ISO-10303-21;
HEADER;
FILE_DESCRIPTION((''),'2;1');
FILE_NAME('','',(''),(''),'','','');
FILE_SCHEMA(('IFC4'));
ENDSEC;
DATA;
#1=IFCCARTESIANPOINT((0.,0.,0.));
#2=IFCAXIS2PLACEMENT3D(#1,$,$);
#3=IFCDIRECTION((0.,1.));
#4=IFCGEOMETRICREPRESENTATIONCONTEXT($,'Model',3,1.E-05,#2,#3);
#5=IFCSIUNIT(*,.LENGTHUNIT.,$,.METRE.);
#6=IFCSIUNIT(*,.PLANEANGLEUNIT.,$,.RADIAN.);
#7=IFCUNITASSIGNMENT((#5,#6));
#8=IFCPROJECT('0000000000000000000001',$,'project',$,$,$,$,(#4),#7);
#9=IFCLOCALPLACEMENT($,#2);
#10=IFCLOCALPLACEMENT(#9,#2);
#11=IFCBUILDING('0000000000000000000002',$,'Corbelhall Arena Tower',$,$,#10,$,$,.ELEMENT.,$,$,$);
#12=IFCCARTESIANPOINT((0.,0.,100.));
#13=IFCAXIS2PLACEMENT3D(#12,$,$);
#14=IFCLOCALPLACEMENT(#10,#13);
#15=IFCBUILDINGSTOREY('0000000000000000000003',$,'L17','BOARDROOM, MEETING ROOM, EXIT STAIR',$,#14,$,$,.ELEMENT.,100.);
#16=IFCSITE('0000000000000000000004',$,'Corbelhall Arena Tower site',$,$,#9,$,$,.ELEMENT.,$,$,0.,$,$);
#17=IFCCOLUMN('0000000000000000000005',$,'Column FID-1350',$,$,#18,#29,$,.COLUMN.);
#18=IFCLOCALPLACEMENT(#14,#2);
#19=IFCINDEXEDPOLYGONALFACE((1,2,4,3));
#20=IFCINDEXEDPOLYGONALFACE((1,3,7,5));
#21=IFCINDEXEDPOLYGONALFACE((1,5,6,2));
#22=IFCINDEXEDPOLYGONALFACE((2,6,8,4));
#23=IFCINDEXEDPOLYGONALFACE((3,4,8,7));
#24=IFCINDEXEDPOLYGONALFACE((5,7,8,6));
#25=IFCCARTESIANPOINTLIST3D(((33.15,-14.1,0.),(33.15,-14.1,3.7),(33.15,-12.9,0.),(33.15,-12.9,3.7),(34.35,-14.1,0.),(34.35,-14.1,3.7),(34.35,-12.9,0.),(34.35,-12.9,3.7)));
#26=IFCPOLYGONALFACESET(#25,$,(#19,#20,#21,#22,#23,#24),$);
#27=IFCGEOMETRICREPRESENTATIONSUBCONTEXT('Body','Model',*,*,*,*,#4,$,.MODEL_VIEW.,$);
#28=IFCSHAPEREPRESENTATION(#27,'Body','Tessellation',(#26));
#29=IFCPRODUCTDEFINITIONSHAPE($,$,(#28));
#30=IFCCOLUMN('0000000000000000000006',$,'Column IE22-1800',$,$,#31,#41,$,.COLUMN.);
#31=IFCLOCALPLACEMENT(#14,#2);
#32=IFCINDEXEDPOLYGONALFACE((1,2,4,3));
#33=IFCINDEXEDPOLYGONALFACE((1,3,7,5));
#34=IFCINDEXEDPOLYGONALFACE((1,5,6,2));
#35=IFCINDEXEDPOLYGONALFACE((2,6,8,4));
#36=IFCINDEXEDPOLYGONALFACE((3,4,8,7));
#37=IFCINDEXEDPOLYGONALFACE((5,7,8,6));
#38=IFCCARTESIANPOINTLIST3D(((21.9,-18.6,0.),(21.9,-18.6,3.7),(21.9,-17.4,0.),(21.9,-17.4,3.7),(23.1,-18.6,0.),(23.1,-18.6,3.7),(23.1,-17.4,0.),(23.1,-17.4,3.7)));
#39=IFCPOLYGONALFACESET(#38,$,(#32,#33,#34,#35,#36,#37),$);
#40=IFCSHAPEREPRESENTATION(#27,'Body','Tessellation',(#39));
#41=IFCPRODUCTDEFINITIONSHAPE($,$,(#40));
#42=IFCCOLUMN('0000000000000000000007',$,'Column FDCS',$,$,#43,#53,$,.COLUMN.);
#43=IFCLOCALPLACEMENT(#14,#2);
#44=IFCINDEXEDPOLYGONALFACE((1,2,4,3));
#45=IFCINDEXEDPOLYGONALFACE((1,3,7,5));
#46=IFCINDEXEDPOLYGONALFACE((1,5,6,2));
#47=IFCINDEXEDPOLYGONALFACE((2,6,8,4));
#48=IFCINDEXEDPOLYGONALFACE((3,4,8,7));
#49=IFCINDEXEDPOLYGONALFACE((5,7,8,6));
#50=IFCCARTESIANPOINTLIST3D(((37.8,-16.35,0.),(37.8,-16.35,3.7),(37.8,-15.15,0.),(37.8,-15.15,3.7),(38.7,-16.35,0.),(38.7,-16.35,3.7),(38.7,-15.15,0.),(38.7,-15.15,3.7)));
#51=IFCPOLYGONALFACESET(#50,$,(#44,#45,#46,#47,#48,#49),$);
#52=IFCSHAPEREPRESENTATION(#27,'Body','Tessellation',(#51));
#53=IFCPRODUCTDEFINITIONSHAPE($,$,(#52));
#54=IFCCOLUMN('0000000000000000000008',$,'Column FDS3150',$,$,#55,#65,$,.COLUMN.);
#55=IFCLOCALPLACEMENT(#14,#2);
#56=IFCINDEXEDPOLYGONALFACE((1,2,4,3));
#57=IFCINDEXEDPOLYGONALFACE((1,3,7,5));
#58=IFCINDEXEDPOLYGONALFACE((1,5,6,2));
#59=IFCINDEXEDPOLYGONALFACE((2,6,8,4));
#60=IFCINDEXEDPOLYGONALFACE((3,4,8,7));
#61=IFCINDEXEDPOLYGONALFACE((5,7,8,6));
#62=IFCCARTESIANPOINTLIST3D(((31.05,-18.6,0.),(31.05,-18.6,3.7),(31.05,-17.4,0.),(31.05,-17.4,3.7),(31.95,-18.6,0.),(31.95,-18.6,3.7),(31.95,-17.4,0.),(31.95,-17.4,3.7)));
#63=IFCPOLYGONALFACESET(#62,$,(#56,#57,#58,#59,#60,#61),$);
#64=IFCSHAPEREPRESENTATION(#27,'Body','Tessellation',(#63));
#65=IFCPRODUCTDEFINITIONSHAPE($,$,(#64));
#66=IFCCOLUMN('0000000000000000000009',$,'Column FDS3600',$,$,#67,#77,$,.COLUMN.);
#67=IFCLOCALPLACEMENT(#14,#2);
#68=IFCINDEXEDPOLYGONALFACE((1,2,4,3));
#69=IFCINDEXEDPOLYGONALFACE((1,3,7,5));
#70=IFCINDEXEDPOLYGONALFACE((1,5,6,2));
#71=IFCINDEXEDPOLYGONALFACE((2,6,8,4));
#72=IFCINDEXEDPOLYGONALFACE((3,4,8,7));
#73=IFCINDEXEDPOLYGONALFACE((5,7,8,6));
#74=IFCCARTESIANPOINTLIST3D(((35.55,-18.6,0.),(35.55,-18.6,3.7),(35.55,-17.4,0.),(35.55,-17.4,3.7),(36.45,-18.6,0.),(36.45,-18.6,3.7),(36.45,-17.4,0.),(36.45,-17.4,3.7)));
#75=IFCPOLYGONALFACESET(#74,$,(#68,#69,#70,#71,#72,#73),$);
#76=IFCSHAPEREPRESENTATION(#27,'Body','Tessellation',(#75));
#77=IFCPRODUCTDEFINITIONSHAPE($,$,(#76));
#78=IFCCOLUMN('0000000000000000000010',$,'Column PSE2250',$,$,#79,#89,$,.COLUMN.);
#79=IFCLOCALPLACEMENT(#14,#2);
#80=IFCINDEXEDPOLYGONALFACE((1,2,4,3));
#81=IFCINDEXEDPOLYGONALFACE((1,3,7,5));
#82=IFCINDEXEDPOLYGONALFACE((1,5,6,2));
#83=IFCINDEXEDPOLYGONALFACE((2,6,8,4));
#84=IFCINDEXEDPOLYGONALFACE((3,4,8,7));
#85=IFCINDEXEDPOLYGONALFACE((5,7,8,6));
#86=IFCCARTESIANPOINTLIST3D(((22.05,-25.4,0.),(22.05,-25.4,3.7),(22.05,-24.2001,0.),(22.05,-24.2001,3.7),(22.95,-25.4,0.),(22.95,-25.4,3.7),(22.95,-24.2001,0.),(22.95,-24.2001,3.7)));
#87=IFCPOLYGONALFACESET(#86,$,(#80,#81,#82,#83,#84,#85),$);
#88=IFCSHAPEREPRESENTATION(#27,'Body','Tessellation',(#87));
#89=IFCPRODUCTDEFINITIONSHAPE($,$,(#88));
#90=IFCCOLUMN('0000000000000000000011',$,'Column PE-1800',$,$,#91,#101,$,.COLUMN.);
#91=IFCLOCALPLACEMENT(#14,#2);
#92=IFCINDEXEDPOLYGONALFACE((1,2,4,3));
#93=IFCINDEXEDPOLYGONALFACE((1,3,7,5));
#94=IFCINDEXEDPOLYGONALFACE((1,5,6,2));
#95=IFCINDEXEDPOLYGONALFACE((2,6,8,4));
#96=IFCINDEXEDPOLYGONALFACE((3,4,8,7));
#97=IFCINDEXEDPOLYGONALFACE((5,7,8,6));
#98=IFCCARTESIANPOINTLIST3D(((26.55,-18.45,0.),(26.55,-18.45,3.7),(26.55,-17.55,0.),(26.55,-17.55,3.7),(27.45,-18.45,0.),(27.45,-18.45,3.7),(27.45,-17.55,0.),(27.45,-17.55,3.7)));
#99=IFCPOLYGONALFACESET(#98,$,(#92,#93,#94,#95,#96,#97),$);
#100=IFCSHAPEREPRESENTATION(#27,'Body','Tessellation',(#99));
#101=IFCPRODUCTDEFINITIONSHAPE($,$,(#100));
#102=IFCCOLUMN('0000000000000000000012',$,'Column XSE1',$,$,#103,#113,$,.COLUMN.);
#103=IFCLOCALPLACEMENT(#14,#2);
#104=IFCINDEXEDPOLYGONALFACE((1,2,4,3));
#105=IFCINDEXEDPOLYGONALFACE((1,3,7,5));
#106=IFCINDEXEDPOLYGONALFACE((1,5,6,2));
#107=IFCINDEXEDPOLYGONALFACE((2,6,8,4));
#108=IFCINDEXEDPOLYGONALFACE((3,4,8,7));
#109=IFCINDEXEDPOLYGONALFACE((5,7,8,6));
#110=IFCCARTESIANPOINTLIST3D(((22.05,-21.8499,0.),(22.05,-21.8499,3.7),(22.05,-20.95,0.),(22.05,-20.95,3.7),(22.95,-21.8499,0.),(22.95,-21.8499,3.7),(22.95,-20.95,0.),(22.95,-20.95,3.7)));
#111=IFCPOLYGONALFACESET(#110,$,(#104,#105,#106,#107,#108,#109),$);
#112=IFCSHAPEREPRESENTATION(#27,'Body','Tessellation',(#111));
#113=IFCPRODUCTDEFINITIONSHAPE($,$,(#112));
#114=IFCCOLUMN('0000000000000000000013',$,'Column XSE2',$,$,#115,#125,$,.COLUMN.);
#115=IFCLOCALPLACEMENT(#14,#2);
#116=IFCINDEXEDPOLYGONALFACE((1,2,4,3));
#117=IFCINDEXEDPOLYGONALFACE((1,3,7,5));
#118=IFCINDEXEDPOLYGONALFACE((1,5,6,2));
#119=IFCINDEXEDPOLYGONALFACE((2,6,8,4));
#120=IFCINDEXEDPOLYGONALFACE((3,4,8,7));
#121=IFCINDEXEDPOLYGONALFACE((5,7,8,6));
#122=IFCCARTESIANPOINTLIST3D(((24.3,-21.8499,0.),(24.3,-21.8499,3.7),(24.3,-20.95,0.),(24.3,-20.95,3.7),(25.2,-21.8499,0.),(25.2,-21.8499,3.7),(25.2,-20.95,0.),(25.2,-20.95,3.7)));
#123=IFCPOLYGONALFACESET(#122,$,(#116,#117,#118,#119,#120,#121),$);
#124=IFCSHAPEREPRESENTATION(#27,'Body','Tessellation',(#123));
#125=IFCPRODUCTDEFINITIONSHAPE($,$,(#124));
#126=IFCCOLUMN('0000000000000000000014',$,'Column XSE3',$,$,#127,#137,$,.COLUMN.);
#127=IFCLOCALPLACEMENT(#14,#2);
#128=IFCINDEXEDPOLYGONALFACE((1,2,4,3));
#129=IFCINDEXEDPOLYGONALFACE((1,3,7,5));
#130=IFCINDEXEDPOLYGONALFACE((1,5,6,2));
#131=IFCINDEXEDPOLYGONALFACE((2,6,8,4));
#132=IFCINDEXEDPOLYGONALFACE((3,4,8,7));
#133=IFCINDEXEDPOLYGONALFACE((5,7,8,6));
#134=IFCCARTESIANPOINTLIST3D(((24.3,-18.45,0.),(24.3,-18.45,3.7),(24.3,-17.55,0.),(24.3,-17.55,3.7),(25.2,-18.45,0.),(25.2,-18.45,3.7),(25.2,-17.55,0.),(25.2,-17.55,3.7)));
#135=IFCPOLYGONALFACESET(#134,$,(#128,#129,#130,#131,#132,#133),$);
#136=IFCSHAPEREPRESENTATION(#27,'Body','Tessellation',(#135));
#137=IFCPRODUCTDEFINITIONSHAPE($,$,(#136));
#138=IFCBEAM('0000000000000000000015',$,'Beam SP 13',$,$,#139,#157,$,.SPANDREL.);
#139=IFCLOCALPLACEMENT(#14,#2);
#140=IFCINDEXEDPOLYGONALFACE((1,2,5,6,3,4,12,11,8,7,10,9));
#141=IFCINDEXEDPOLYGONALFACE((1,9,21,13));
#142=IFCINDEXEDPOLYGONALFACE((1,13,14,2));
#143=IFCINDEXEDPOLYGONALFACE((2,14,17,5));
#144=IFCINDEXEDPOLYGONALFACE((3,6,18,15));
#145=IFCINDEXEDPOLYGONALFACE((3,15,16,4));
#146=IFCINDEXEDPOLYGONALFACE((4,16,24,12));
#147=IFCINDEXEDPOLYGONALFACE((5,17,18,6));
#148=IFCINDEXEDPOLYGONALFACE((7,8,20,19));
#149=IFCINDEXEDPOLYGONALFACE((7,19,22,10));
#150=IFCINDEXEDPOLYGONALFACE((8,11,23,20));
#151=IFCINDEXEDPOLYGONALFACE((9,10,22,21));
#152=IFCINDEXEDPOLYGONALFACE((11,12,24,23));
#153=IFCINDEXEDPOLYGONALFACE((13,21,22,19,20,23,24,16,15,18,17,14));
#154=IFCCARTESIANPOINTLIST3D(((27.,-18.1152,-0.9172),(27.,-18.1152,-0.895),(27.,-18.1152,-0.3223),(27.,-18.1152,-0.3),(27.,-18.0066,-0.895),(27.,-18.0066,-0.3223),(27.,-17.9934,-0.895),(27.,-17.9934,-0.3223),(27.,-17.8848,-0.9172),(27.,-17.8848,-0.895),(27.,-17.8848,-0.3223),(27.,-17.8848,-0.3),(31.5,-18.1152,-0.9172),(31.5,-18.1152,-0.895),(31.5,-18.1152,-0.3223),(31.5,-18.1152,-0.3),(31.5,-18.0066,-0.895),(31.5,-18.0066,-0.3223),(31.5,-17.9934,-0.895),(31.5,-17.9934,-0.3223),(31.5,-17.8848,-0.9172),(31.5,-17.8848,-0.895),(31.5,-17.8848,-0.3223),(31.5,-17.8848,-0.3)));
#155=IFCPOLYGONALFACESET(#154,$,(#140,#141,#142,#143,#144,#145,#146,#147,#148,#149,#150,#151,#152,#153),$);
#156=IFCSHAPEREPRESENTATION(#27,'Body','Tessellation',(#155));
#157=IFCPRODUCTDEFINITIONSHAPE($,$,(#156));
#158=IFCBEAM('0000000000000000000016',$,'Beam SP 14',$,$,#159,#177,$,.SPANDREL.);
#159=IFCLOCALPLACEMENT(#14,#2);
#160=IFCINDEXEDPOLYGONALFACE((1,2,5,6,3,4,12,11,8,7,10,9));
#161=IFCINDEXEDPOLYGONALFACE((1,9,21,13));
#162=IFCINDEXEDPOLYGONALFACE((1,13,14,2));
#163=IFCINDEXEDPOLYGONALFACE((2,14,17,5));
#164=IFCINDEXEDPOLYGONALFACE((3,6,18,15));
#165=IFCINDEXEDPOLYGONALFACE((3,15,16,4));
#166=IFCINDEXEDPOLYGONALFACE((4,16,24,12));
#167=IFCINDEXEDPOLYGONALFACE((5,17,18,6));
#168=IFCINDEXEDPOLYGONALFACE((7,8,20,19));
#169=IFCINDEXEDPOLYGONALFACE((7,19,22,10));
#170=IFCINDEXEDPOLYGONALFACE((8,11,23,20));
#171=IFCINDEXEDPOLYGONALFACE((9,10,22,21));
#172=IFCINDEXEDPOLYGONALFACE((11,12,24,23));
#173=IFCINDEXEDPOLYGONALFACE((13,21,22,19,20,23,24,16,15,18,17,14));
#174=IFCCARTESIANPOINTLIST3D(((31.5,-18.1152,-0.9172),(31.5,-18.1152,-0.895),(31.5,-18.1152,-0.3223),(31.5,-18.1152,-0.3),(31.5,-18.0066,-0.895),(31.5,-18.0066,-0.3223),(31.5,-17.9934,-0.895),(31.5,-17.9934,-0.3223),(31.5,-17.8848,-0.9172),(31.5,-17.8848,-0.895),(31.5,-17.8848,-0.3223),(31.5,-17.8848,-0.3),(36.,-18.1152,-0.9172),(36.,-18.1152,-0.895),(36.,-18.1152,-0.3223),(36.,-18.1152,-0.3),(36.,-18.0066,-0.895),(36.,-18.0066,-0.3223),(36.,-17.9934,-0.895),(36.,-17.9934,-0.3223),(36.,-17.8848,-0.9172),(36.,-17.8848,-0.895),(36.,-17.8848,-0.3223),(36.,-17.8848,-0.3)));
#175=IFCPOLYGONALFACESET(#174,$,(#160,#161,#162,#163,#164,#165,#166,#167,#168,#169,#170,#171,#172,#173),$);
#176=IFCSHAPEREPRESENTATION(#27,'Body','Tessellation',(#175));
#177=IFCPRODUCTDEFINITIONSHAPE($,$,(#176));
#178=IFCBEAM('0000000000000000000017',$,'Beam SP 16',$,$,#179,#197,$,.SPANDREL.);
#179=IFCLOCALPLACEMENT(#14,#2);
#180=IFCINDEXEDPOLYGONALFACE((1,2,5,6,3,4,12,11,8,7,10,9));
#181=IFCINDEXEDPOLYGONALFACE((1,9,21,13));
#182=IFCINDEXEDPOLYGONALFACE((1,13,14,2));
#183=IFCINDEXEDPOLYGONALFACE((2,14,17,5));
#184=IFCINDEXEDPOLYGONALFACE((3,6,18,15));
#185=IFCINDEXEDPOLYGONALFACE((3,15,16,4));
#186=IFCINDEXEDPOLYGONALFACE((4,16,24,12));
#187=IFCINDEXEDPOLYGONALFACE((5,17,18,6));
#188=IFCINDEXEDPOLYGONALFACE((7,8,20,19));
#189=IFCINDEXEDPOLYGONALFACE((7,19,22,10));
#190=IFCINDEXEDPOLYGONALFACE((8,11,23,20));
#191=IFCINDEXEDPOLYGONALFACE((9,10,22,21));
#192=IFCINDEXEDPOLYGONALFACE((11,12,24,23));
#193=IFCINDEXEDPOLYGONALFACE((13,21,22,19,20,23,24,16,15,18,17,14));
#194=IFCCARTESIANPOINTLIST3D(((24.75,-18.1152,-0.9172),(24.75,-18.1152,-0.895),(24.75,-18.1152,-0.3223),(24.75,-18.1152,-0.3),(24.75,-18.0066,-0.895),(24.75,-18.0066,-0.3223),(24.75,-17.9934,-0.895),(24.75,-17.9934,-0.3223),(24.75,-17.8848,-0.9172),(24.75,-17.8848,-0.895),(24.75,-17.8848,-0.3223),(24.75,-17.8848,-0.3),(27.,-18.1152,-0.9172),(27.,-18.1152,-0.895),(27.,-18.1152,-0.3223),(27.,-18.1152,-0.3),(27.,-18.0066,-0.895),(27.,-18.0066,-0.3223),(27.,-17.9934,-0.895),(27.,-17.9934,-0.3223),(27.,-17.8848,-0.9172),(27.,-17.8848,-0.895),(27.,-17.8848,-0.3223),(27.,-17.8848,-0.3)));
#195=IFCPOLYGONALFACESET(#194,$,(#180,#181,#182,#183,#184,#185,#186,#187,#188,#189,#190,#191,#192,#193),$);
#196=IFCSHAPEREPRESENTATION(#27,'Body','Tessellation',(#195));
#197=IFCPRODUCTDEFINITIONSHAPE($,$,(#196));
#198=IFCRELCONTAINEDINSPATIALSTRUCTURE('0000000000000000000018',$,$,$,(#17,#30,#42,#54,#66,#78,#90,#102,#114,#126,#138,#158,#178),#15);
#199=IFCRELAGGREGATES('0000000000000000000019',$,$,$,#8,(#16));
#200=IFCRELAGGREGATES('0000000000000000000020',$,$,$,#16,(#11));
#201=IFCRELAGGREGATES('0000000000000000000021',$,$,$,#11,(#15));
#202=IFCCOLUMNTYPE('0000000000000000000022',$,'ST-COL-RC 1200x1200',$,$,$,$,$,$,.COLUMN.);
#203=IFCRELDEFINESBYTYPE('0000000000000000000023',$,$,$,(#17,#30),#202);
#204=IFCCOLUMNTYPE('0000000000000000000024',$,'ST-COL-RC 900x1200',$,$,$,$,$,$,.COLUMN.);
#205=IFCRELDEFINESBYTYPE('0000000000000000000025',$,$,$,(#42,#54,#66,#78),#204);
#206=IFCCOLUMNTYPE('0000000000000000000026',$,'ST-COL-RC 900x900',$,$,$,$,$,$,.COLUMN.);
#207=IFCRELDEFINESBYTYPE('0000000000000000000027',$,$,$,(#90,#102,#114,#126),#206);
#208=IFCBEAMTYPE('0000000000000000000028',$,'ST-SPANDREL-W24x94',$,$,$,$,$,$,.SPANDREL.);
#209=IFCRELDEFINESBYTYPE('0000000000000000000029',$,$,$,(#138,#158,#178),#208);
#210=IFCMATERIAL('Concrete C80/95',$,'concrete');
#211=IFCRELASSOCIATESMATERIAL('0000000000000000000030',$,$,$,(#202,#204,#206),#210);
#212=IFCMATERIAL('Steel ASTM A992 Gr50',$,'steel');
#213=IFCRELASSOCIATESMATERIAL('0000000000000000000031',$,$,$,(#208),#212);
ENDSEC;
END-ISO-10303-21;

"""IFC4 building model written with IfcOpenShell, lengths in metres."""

from ifc_helpers import new_model, si_unit, direction, frame, origin, origin_2d, place, context, subcontext, project, spatial, rectangle, i_section, extrude, material, material_profile, profile_set, type_object, element, save


model = new_model("IFC4")

# Units and contexts
model_context = context("Model", 3, precision=1e-05, world=origin(), true_north=direction((0.0, 1.0)))
body_context = subcontext(model_context, "Body", "Model", "MODEL_VIEW")
ifc_project = project(units=[si_unit("LENGTHUNIT", "METRE"), si_unit("PLANEANGLEUNIT", "RADIAN")], contexts=[model_context])

# Site, building, storey
site_placement = place(None, origin())
site = spatial("IfcSite", under=ifc_project, at=site_placement, Name="Corbelhall Arena Tower site", CompositionType="ELEMENT", RefElevation=0.0)
building_placement = place(site_placement, origin())
building = spatial("IfcBuilding", under=site, at=building_placement, Name="Corbelhall Arena Tower", CompositionType="ELEMENT")
storey_placement = place(building_placement, frame((0.0, 0.0, 100.0)))
storey = spatial("IfcBuildingStorey", under=building, at=storey_placement, Name="L17", Description="BOARDROOM, MEETING ROOM, EXIT STAIR", CompositionType="ELEMENT", Elevation=100.0)

# Columns
ifc_material_1 = material(Name="Concrete C80/95", Category="concrete")
ifc_material_profile_1 = material_profile(ifc_material_1, rectangle(XDim=1.2, YDim=1.2, at=origin_2d()))
ifc_profile_set_1 = profile_set([ifc_material_profile_1], Name="Concrete C80/95")
column_type_1 = type_object("IfcColumnType", Name="ST-COL-RC 1200x1200", PredefinedType="COLUMN", material=ifc_profile_set_1)
for number, where, z_axis, x_axis, name in (
    (1, (33.75, -13.5, 0.0), (0.0, 0.0, 1.0), (1.0, 0.0, 0.0), "Column FID-1350"),
    (2, (22.5, -18.0, 0.0), (0.0, 0.0, 1.0), (1.0, 0.0, 0.0), "Column IE22-1800"),
):
    element("IfcColumn", number, at=place(storey_placement, frame(where, z_axis=z_axis, x_axis=x_axis)), inside=storey, type_object=column_type_1, Name=name, PredefinedType="COLUMN", context=body_context, shape_type="SweptSolid", body=[
        extrude(rectangle(XDim=1.2, YDim=1.2, at=origin_2d()), origin(), (0.0, 0.0, 1.0), 3.7),
    ])
ifc_material_profile_2 = material_profile(ifc_material_1, rectangle(XDim=0.8999, YDim=1.2, at=origin_2d()))
ifc_profile_set_2 = profile_set([ifc_material_profile_2], Name="Concrete C80/95")
column_type_2 = type_object("IfcColumnType", Name="ST-COL-RC 900x1200", PredefinedType="COLUMN", material=ifc_profile_set_2)
for number, where, z_axis, x_axis, name in (
    (3, (38.25, -15.75, 0.0), (0.0, 0.0, 1.0), (1.0, 0.0, 0.0), "Column FDCS"),
    (4, (31.5, -18.0, 0.0), (0.0, 0.0, 1.0), (1.0, 0.0, 0.0), "Column FDS3150"),
    (5, (36.0, -18.0, 0.0), (0.0, 0.0, 1.0), (1.0, 0.0, 0.0), "Column FDS3600"),
    (6, (22.5, -24.8, 0.0), (0.0, 0.0, 1.0), (1.0, 0.0, 0.0), "Column PSE2250"),
):
    element("IfcColumn", number, at=place(storey_placement, frame(where, z_axis=z_axis, x_axis=x_axis)), inside=storey, type_object=column_type_2, Name=name, PredefinedType="COLUMN", context=body_context, shape_type="SweptSolid", body=[
        extrude(rectangle(XDim=0.8999, YDim=1.2, at=origin_2d()), origin(), (0.0, 0.0, 1.0), 3.7),
    ])
ifc_material_profile_3 = material_profile(ifc_material_1, rectangle(XDim=0.8999, YDim=0.8999, at=origin_2d()))
ifc_profile_set_3 = profile_set([ifc_material_profile_3], Name="Concrete C80/95")
column_type_3 = type_object("IfcColumnType", Name="ST-COL-RC 900x900", PredefinedType="COLUMN", material=ifc_profile_set_3)
for number, where, z_axis, x_axis, name in (
    (7, (27.0, -18.0, 0.0), (0.0, 0.0, 1.0), (1.0, 0.0, 0.0), "Column PE-1800"),
    (8, (22.5, -21.3999, 0.0), (0.0, 0.0, 1.0), (1.0, 0.0, 0.0), "Column XSE1"),
    (9, (24.75, -21.3999, 0.0), (0.0, 0.0, 1.0), (1.0, 0.0, 0.0), "Column XSE2"),
    (10, (24.75, -18.0, 0.0), (0.0, 0.0, 1.0), (1.0, 0.0, 0.0), "Column XSE3"),
):
    element("IfcColumn", number, at=place(storey_placement, frame(where, z_axis=z_axis, x_axis=x_axis)), inside=storey, type_object=column_type_3, Name=name, PredefinedType="COLUMN", context=body_context, shape_type="SweptSolid", body=[
        extrude(rectangle(XDim=0.8999, YDim=0.8999, at=origin_2d()), origin(), (0.0, 0.0, 1.0), 3.7),
    ])

# Beams
ifc_material_2 = material(Name="Steel ASTM A992 Gr50", Category="steel")
ifc_material_profile_4 = material_profile(ifc_material_2, i_section(OverallWidth=0.2305, OverallDepth=0.6172, WebThickness=0.0132, FlangeThickness=0.0222, at=origin_2d()))
ifc_profile_set_4 = profile_set([ifc_material_profile_4], Name="Steel ASTM A992 Gr50")
beam_type = type_object("IfcBeamType", Name="ST-SPANDREL-W24x94", PredefinedType="SPANDREL", material=ifc_profile_set_4)
for number, where, z_axis, x_axis, name in (
    (11, (31.5, -18.0, -0.6086), (-1.0, 0.0, 0.0), (0.0, -1.0, 0.0), "Beam SP 13"),
    (12, (36.0, -18.0, -0.6086), (-1.0, 0.0, 0.0), (0.0, -1.0, 0.0), "Beam SP 14"),
):
    element("IfcBeam", number, at=place(storey_placement, frame(where, z_axis=z_axis, x_axis=x_axis)), inside=storey, type_object=beam_type, Name=name, PredefinedType="SPANDREL", context=body_context, shape_type="SweptSolid", body=[
        extrude(i_section(OverallWidth=0.2305, OverallDepth=0.6172, WebThickness=0.0132, FlangeThickness=0.0222, at=origin_2d()), origin(), (0.0, 0.0, 1.0), 4.5),
    ])
beam_1_placement = place(storey_placement, frame((27.0, -18.0, -0.6086), z_axis=(-1.0, 0.0, 0.0), x_axis=(0.0, -1.0, 0.0)))
element("IfcBeam", 13, at=beam_1_placement, inside=storey, type_object=beam_type, Name="Beam SP 16", PredefinedType="SPANDREL", context=body_context, shape_type="SweptSolid", body=[
    extrude(i_section(OverallWidth=0.2305, OverallDepth=0.6172, WebThickness=0.0132, FlangeThickness=0.0222, at=origin_2d()), origin(), (0.0, 0.0, 1.0), 2.25),
])

save(model, "model.ifc")
